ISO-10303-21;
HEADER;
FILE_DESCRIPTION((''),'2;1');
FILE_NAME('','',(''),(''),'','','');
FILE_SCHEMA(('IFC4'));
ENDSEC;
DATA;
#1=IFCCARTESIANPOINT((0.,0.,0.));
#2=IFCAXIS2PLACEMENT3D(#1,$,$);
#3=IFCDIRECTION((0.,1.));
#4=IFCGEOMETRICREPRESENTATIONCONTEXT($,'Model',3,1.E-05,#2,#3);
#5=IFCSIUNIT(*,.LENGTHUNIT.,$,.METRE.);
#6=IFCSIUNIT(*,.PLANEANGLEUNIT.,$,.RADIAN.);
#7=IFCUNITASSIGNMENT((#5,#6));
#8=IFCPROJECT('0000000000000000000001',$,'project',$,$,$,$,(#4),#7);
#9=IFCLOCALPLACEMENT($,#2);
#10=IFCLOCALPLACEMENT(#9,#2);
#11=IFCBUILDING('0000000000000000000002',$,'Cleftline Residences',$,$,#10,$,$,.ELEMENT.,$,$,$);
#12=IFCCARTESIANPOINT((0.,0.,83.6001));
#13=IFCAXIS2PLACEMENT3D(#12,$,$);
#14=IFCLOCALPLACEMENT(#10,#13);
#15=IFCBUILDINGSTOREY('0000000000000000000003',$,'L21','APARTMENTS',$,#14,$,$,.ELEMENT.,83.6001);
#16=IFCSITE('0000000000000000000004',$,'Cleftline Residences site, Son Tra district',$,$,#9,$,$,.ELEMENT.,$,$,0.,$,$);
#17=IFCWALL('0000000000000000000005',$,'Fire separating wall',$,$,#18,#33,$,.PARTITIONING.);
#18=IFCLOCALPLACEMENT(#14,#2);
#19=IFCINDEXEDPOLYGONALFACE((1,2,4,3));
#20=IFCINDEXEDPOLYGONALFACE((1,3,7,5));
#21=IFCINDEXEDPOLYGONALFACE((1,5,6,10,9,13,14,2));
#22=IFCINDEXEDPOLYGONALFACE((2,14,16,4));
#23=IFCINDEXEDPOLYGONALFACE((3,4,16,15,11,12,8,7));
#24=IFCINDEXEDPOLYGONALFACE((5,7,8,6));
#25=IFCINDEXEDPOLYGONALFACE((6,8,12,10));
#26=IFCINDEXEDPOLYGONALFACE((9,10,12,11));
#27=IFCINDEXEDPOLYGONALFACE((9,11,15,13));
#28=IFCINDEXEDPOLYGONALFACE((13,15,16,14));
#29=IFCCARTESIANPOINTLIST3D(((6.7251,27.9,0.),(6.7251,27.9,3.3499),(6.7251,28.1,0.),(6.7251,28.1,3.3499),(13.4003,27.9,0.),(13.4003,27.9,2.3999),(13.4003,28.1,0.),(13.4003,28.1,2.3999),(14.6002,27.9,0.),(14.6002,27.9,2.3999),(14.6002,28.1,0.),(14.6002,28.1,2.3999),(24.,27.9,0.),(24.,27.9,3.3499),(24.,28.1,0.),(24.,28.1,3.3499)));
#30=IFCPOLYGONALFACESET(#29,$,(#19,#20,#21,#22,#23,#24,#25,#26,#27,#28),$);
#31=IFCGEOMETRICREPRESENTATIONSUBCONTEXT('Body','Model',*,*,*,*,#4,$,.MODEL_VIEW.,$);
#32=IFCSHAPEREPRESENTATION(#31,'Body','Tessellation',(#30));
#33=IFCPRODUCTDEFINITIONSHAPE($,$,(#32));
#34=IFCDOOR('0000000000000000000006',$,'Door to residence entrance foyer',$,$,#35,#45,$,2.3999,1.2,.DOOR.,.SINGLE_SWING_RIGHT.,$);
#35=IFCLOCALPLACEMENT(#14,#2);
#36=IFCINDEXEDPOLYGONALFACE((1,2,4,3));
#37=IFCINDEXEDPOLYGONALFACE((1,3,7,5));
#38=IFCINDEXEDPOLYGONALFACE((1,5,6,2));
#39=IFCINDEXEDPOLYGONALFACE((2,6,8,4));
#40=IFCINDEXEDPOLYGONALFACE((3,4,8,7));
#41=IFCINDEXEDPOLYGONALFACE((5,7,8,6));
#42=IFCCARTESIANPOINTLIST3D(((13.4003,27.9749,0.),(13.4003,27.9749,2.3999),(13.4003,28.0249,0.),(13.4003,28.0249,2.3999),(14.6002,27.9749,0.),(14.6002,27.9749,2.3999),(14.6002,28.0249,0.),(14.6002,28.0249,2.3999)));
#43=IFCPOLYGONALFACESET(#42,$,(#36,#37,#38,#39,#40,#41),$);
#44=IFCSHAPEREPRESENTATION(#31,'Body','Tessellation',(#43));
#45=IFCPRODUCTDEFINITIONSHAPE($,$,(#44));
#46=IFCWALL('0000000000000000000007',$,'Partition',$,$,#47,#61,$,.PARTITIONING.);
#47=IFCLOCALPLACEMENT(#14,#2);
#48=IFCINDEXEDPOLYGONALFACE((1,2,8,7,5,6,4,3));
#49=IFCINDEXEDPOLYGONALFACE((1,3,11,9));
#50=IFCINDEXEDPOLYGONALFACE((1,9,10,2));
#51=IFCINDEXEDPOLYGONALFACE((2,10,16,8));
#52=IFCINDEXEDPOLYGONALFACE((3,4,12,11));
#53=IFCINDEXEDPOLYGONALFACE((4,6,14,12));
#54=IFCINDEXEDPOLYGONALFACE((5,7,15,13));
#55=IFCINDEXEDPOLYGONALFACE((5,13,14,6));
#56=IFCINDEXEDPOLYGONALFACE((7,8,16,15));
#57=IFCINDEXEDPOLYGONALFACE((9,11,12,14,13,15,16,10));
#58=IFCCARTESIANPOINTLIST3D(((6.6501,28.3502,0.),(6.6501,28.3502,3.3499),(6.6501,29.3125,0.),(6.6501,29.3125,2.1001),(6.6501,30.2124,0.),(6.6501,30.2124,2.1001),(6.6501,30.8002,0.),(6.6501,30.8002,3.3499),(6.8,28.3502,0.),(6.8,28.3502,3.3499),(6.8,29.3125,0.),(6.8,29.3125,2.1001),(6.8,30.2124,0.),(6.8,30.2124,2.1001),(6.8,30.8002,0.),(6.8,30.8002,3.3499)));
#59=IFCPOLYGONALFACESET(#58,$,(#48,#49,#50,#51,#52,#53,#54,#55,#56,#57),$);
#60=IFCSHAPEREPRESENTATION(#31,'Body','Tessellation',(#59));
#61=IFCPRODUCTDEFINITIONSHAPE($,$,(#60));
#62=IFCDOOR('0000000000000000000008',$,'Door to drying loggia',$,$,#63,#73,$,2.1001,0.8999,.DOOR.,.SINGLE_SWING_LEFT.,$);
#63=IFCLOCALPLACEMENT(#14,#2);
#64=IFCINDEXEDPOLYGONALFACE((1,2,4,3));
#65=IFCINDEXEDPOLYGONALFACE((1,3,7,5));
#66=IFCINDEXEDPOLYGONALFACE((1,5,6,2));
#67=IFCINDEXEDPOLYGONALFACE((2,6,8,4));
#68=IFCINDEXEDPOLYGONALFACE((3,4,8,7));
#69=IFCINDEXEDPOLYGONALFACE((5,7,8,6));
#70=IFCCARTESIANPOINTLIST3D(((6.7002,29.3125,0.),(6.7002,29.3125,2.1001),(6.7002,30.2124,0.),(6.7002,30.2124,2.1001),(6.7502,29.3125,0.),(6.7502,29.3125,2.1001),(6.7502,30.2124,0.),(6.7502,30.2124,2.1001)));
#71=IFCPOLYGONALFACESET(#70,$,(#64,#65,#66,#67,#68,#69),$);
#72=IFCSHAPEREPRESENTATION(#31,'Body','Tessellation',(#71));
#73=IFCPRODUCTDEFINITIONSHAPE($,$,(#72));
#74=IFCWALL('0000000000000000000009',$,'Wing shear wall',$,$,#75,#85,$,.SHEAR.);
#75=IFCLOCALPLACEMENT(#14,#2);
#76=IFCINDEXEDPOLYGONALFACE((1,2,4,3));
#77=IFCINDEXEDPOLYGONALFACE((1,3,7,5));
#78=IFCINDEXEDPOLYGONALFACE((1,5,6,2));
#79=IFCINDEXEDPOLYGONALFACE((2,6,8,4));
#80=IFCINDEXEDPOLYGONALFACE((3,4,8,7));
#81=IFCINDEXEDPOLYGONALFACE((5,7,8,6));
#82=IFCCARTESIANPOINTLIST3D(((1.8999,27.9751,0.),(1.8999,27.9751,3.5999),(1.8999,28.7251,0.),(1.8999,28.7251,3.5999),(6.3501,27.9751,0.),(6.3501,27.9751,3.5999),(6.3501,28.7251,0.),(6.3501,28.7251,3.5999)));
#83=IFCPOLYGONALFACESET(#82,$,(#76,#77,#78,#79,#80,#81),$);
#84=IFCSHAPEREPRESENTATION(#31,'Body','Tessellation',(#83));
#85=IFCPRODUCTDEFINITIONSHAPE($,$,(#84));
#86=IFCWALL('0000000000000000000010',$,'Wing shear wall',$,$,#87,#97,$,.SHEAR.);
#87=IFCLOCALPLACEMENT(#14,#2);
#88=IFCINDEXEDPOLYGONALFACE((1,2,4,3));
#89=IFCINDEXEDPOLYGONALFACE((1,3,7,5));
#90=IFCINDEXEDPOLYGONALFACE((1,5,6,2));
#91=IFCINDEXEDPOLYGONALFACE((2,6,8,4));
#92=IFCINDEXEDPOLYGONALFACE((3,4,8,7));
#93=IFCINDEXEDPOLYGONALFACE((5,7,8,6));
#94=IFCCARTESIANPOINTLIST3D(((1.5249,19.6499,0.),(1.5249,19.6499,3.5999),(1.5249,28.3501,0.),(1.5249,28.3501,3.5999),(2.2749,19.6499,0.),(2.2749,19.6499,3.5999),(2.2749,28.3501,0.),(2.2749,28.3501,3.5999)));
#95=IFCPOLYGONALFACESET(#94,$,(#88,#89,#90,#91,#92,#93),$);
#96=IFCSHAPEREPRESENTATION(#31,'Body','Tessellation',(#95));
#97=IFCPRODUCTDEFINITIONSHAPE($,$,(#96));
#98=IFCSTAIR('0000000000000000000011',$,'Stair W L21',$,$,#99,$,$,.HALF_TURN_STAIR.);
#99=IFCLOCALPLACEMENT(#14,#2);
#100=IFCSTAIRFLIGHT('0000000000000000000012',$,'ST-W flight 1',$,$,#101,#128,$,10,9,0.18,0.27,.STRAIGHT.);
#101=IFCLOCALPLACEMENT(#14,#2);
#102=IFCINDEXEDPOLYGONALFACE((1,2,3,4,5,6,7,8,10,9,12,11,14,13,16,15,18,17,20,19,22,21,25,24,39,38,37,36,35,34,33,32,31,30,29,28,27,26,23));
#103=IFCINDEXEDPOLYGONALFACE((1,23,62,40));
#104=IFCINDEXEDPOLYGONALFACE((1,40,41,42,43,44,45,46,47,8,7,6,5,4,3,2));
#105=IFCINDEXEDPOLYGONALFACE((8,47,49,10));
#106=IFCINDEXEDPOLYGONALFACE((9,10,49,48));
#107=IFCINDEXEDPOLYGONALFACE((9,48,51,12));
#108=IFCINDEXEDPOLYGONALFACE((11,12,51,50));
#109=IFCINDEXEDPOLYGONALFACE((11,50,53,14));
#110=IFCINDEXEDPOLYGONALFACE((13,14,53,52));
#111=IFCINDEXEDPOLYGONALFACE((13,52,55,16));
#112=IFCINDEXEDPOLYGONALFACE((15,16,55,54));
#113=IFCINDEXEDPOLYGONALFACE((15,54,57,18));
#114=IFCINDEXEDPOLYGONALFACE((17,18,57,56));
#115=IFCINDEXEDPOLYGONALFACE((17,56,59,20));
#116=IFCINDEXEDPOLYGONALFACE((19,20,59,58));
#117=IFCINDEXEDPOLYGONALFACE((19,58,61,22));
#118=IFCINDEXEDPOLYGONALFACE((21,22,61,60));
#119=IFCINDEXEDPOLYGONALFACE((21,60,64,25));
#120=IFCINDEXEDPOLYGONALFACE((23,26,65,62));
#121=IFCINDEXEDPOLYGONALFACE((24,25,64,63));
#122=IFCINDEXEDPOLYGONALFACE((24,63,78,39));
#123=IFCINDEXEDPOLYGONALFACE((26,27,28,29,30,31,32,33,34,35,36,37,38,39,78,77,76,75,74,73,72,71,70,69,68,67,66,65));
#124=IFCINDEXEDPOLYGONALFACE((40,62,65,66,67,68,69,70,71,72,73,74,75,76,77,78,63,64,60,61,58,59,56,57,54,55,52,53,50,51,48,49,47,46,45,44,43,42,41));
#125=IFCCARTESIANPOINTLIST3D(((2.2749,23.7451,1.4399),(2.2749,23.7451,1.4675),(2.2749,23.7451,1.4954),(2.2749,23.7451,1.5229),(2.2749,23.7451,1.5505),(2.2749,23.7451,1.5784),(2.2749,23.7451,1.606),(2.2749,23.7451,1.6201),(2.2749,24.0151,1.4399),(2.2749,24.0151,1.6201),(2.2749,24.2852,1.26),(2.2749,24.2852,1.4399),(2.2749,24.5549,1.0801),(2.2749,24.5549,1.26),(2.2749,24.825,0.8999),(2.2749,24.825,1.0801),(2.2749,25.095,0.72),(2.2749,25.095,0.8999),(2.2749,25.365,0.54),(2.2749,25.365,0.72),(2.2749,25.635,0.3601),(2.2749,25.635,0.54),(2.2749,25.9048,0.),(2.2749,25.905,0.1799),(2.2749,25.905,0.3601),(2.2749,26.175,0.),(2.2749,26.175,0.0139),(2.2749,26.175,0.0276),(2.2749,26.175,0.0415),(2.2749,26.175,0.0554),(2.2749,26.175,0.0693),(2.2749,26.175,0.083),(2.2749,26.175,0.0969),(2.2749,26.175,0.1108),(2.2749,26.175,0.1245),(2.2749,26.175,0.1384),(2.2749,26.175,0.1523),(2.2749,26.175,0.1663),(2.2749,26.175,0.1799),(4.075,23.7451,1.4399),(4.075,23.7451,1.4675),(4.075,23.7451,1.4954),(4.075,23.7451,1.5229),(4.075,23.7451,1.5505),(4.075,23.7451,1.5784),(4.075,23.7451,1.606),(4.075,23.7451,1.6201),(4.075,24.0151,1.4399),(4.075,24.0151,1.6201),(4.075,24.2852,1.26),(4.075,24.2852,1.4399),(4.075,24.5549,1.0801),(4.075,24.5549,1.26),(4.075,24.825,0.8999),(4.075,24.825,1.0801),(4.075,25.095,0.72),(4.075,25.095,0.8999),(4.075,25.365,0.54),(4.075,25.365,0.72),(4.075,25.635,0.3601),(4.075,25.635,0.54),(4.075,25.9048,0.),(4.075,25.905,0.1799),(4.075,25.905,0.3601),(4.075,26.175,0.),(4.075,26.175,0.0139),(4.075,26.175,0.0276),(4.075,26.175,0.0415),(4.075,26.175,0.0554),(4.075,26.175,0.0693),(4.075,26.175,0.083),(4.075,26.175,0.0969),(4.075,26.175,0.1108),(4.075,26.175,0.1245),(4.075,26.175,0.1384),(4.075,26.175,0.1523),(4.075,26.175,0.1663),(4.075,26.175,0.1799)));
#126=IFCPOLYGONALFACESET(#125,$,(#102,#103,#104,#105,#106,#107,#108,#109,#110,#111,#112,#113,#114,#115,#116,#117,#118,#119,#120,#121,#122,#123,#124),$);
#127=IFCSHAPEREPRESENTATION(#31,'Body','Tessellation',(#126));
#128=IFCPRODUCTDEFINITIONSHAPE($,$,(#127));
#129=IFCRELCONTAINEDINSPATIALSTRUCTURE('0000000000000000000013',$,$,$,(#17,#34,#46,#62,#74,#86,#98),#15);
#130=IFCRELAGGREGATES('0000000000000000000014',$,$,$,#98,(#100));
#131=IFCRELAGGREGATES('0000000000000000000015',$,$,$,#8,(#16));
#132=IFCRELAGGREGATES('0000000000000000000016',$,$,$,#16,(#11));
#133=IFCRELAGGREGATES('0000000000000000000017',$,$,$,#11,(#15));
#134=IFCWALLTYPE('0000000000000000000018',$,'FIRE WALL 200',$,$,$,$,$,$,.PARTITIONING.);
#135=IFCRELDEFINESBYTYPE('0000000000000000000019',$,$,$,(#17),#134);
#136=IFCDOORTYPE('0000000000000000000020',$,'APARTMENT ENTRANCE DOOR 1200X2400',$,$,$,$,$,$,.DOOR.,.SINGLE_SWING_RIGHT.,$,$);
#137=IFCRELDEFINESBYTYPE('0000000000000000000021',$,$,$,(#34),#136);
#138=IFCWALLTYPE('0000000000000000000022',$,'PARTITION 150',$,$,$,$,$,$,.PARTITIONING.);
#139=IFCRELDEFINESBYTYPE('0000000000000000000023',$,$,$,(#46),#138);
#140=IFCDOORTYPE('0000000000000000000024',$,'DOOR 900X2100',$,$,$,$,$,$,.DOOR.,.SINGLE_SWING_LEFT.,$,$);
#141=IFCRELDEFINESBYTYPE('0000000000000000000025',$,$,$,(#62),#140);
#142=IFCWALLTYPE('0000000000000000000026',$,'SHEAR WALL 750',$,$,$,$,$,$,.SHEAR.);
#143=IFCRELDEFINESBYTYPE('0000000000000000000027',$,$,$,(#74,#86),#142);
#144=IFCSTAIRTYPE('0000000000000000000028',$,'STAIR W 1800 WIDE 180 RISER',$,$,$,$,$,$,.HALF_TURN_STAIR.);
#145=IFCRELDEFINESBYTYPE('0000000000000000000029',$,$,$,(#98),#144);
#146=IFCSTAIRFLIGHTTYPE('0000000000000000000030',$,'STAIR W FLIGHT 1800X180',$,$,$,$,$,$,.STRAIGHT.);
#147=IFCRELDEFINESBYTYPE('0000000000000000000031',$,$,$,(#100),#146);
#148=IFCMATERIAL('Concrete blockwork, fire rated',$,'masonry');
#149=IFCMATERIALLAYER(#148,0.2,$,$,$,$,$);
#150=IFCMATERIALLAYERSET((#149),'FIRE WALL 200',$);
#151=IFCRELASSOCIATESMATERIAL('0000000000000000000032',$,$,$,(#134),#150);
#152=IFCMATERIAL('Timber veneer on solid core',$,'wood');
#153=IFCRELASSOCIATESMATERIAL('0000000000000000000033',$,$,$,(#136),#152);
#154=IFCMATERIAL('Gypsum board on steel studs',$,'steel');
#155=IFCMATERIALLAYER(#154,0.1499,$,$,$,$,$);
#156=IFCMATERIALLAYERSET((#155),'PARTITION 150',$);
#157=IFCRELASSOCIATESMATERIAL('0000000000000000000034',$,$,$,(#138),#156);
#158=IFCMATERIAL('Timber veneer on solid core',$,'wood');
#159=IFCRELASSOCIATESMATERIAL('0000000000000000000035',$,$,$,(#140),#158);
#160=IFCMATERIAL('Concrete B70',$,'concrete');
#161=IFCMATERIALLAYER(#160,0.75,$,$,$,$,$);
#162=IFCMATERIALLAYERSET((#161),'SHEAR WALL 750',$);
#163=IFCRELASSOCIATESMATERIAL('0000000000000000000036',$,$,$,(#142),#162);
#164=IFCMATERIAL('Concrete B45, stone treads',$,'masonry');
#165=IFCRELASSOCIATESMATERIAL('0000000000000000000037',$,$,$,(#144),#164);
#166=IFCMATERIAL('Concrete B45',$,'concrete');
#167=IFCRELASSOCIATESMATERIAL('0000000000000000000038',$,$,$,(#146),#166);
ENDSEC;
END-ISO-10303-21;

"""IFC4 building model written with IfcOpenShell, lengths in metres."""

from ifc_helpers import new_model, si_unit, direction, frame, frame_2d, origin, place, context, subcontext, project, spatial, polyline, rectangle, outline, extrude, material, layer, layer_set, type_object, element, fill, aggregate, save


model = new_model("IFC4")

# Units and contexts
model_context = context("Model", 3, precision=1e-05, world=origin(), true_north=direction((0.0, 1.0)))
body_context = subcontext(model_context, "Body", "Model", "MODEL_VIEW")
ifc_project = project(units=[si_unit("LENGTHUNIT", "METRE"), si_unit("PLANEANGLEUNIT", "RADIAN")], contexts=[model_context])

# Site, building, storey
site_placement = place(None, origin())
site = spatial("IfcSite", under=ifc_project, at=site_placement, Name="Cleftline Residences site, Son Tra district", CompositionType="ELEMENT", RefElevation=0.0)
building_placement = place(site_placement, origin())
building = spatial("IfcBuilding", under=site, at=building_placement, Name="Cleftline Residences", CompositionType="ELEMENT")
storey_placement = place(building_placement, frame((0.0, 0.0, 83.6001)))
storey = spatial("IfcBuildingStorey", under=building, at=storey_placement, Name="L21", Description="APARTMENTS", CompositionType="ELEMENT", Elevation=83.6001)

# Walls, openings, doors
ifc_material_1 = material(Name="Concrete blockwork, fire rated", Category="masonry")
ifc_layer_1 = layer(ifc_material_1, 0.2)
ifc_layer_set_1 = layer_set([ifc_layer_1], Name="FIRE WALL 200")
wall_type_1 = type_object("IfcWallType", Name="FIRE WALL 200", PredefinedType="PARTITIONING", material=ifc_layer_set_1)
wall_1_placement = place(storey_placement, frame((6.7251, 28.0, 0.0), z_axis=(0.0, 0.0, 1.0), x_axis=(1.0, 0.0, 0.0)))
wall_1 = element("IfcWall", 1, at=wall_1_placement, inside=storey, type_object=wall_type_1, Name="Fire separating wall", PredefinedType="PARTITIONING", context=body_context, shape_type="SweptSolid", body=[
    extrude(rectangle(XDim=17.2749, YDim=0.2, at=frame_2d((8.6375, 0.0))), origin(), (0.0, 0.0, 1.0), 3.3499),
])
opening_1_placement = place(wall_1_placement, frame((6.675, 0.0, 0.0)))
opening_1 = element("IfcOpeningElement", 2, at=opening_1_placement, cuts=wall_1, PredefinedType="OPENING", context=body_context, shape_type="SweptSolid", body=[
    extrude(rectangle(XDim=1.2, YDim=2.3999, at=frame_2d((0.6001, 1.2))), frame((0.0, 0.1099, 0.0), z_axis=(0.0, -1.0, 0.0), x_axis=(1.0, 0.0, 0.0)), (0.0, 0.0, 1.0), 0.22),
])
ifc_material_2 = material(Name="Timber veneer on solid core", Category="wood")
door_type_1 = type_object("IfcDoorType", Name="APARTMENT ENTRANCE DOOR 1200X2400", OperationType="SINGLE_SWING_RIGHT", PredefinedType="DOOR", material=ifc_material_2)
door_1_placement = place(opening_1_placement, origin())
door_1 = element("IfcDoor", 3, at=door_1_placement, inside=storey, type_object=door_type_1, Name="Door to residence entrance foyer", OperationType="SINGLE_SWING_RIGHT", OverallHeight=2.3999, OverallWidth=1.2, PredefinedType="DOOR", context=body_context, shape_type="SweptSolid", body=[
    extrude(rectangle(XDim=1.2, YDim=2.3999, at=frame_2d((0.6001, 1.2))), frame((0.0, 0.0249, 0.0), z_axis=(0.0, -1.0, 0.0), x_axis=(1.0, 0.0, 0.0)), (0.0, 0.0, 1.0), 0.05),
])
fill(opening_1, door_1)
ifc_material_3 = material(Name="Gypsum board on steel studs", Category="steel")
ifc_layer_2 = layer(ifc_material_3, 0.1499)
ifc_layer_set_2 = layer_set([ifc_layer_2], Name="PARTITION 150")
wall_type_2 = type_object("IfcWallType", Name="PARTITION 150", PredefinedType="PARTITIONING", material=ifc_layer_set_2)
wall_2_placement = place(storey_placement, frame((6.7251, 28.3501, 0.0), z_axis=(0.0, 0.0, 1.0), x_axis=(0.0, 1.0, 0.0)))
wall_2 = element("IfcWall", 4, at=wall_2_placement, inside=storey, type_object=wall_type_2, Name="Partition", PredefinedType="PARTITIONING", context=body_context, shape_type="SweptSolid", body=[
    extrude(rectangle(XDim=2.45, YDim=0.1499, at=frame_2d((1.2251, 0.0))), origin(), (0.0, 0.0, 1.0), 3.3499),
])
opening_2_placement = place(wall_2_placement, frame((0.9624, 0.0, 0.0)))
opening_2 = element("IfcOpeningElement", 5, at=opening_2_placement, cuts=wall_2, PredefinedType="OPENING", context=body_context, shape_type="SweptSolid", body=[
    extrude(rectangle(XDim=0.8999, YDim=2.1001, at=frame_2d((0.45, 1.05))), frame((0.0, 0.085, 0.0), z_axis=(0.0, -1.0, 0.0), x_axis=(1.0, 0.0, 0.0)), (0.0, 0.0, 1.0), 0.1699),
])
ifc_material_4 = material(Name="Timber veneer on solid core", Category="wood")
door_type_2 = type_object("IfcDoorType", Name="DOOR 900X2100", OperationType="SINGLE_SWING_LEFT", PredefinedType="DOOR", material=ifc_material_4)
door_2_placement = place(opening_2_placement, origin())
door_2 = element("IfcDoor", 6, at=door_2_placement, inside=storey, type_object=door_type_2, Name="Door to drying loggia", OperationType="SINGLE_SWING_LEFT", OverallHeight=2.1001, OverallWidth=0.8999, PredefinedType="DOOR", context=body_context, shape_type="SweptSolid", body=[
    extrude(rectangle(XDim=0.8999, YDim=2.1001, at=frame_2d((0.45, 1.05))), frame((0.0, 0.0249, 0.0), z_axis=(0.0, -1.0, 0.0), x_axis=(1.0, 0.0, 0.0)), (0.0, 0.0, 1.0), 0.05),
])
fill(opening_2, door_2)

# Walls
ifc_material_5 = material(Name="Concrete B70", Category="concrete")
ifc_layer_3 = layer(ifc_material_5, 0.75)
ifc_layer_set_3 = layer_set([ifc_layer_3], Name="SHEAR WALL 750")
wall_type_3 = type_object("IfcWallType", Name="SHEAR WALL 750", PredefinedType="SHEAR", material=ifc_layer_set_3)
wall_3_placement = place(storey_placement, frame((6.3501, 28.3501, 0.0), z_axis=(0.0, 0.0, 1.0), x_axis=(-1.0, 0.0, 0.0)))
element("IfcWall", 7, at=wall_3_placement, inside=storey, type_object=wall_type_3, Name="Wing shear wall", PredefinedType="SHEAR", context=body_context, shape_type="SweptSolid", body=[
    extrude(rectangle(XDim=4.4502, YDim=0.75, at=frame_2d((2.2251, 0.0))), origin(), (0.0, 0.0, 1.0), 3.5999),
])
wall_4_placement = place(storey_placement, frame((1.8999, 28.3501, 0.0), z_axis=(0.0, 0.0, 1.0), x_axis=(0.0, -1.0, 0.0)))
element("IfcWall", 8, at=wall_4_placement, inside=storey, type_object=wall_type_3, Name="Wing shear wall", PredefinedType="SHEAR", context=body_context, shape_type="SweptSolid", body=[
    extrude(rectangle(XDim=8.7002, YDim=0.75, at=frame_2d((4.3501, 0.0))), origin(), (0.0, 0.0, 1.0), 3.5999),
])

# Stair, stair flight
ifc_material_6 = material(Name="Concrete B45, stone treads", Category="masonry")
stair_type = type_object("IfcStairType", Name="STAIR W 1800 WIDE 180 RISER", PredefinedType="HALF_TURN_STAIR", material=ifc_material_6)
stair_placement = place(storey_placement, origin())
stair = element("IfcStair", 9, at=stair_placement, inside=storey, type_object=stair_type, Name="Stair W L21", PredefinedType="HALF_TURN_STAIR")
ifc_material_7 = material(Name="Concrete B45", Category="concrete")
stair_flight_type = type_object("IfcStairFlightType", Name="STAIR W FLIGHT 1800X180", PredefinedType="STRAIGHT", material=ifc_material_7)
stair_flight_1_placement = place(storey_placement, frame((3.175, 26.175, 0.0), z_axis=(0.0, 0.0, 1.0), x_axis=(0.0, -1.0, 0.0)))
stair_flight_1 = element("IfcStairFlight", 10, at=stair_flight_1_placement, type_object=stair_flight_type, Name="ST-W flight 1", NumberOfRisers=10, NumberOfTreads=9, PredefinedType="STRAIGHT", RiserHeight=0.18, TreadLength=0.27, context=body_context, shape_type="SweptSolid", body=[
    extrude(outline(polyline([(0.0, 0.0), (0.0, 0.0139), (0.0, 0.0276), (0.0, 0.0415), (0.0, 0.0554), (0.0, 0.0693), (0.0, 0.083), (0.0, 0.0969), (0.0, 0.1108), (0.0, 0.1245), (0.0, 0.1384), (0.0, 0.1523), (0.0, 0.1663), (0.0, 0.1799), (0.27, 0.1799), (0.27, 0.3601), (0.54, 0.3601), (0.54, 0.54), (0.8101, 0.54), (0.8101, 0.72), (1.0801, 0.72), (1.0801, 0.8999), (1.3501, 0.8999), (1.3501, 1.0801), (1.6201, 1.0801), (1.6201, 1.26), (1.8899, 1.26), (1.8899, 1.4399), (2.1599, 1.4399), (2.1599, 1.6201), (2.4299, 1.6201), (2.4299, 1.8), (2.4299, 1.7722), (2.4299, 1.7446), (2.4299, 1.7168), (2.4299, 1.6892), (2.4299, 1.6614), (2.4299, 1.6338), (2.4299, 1.606), (2.4299, 1.5784), (2.4299, 1.5505), (2.4299, 1.5229), (2.4299, 1.4954), (2.4299, 1.4675), (2.4299, 1.4399), (0.2703, 0.0), (0.0, 0.0)])), frame((0.0, 0.8999, 0.0), z_axis=(0.0, -1.0, 0.0), x_axis=(1.0, 0.0, 0.0)), (0.0, 0.0, 1.0), 1.8),
])
aggregate(stair, [stair_flight_1])

save(model, "model.ifc")
